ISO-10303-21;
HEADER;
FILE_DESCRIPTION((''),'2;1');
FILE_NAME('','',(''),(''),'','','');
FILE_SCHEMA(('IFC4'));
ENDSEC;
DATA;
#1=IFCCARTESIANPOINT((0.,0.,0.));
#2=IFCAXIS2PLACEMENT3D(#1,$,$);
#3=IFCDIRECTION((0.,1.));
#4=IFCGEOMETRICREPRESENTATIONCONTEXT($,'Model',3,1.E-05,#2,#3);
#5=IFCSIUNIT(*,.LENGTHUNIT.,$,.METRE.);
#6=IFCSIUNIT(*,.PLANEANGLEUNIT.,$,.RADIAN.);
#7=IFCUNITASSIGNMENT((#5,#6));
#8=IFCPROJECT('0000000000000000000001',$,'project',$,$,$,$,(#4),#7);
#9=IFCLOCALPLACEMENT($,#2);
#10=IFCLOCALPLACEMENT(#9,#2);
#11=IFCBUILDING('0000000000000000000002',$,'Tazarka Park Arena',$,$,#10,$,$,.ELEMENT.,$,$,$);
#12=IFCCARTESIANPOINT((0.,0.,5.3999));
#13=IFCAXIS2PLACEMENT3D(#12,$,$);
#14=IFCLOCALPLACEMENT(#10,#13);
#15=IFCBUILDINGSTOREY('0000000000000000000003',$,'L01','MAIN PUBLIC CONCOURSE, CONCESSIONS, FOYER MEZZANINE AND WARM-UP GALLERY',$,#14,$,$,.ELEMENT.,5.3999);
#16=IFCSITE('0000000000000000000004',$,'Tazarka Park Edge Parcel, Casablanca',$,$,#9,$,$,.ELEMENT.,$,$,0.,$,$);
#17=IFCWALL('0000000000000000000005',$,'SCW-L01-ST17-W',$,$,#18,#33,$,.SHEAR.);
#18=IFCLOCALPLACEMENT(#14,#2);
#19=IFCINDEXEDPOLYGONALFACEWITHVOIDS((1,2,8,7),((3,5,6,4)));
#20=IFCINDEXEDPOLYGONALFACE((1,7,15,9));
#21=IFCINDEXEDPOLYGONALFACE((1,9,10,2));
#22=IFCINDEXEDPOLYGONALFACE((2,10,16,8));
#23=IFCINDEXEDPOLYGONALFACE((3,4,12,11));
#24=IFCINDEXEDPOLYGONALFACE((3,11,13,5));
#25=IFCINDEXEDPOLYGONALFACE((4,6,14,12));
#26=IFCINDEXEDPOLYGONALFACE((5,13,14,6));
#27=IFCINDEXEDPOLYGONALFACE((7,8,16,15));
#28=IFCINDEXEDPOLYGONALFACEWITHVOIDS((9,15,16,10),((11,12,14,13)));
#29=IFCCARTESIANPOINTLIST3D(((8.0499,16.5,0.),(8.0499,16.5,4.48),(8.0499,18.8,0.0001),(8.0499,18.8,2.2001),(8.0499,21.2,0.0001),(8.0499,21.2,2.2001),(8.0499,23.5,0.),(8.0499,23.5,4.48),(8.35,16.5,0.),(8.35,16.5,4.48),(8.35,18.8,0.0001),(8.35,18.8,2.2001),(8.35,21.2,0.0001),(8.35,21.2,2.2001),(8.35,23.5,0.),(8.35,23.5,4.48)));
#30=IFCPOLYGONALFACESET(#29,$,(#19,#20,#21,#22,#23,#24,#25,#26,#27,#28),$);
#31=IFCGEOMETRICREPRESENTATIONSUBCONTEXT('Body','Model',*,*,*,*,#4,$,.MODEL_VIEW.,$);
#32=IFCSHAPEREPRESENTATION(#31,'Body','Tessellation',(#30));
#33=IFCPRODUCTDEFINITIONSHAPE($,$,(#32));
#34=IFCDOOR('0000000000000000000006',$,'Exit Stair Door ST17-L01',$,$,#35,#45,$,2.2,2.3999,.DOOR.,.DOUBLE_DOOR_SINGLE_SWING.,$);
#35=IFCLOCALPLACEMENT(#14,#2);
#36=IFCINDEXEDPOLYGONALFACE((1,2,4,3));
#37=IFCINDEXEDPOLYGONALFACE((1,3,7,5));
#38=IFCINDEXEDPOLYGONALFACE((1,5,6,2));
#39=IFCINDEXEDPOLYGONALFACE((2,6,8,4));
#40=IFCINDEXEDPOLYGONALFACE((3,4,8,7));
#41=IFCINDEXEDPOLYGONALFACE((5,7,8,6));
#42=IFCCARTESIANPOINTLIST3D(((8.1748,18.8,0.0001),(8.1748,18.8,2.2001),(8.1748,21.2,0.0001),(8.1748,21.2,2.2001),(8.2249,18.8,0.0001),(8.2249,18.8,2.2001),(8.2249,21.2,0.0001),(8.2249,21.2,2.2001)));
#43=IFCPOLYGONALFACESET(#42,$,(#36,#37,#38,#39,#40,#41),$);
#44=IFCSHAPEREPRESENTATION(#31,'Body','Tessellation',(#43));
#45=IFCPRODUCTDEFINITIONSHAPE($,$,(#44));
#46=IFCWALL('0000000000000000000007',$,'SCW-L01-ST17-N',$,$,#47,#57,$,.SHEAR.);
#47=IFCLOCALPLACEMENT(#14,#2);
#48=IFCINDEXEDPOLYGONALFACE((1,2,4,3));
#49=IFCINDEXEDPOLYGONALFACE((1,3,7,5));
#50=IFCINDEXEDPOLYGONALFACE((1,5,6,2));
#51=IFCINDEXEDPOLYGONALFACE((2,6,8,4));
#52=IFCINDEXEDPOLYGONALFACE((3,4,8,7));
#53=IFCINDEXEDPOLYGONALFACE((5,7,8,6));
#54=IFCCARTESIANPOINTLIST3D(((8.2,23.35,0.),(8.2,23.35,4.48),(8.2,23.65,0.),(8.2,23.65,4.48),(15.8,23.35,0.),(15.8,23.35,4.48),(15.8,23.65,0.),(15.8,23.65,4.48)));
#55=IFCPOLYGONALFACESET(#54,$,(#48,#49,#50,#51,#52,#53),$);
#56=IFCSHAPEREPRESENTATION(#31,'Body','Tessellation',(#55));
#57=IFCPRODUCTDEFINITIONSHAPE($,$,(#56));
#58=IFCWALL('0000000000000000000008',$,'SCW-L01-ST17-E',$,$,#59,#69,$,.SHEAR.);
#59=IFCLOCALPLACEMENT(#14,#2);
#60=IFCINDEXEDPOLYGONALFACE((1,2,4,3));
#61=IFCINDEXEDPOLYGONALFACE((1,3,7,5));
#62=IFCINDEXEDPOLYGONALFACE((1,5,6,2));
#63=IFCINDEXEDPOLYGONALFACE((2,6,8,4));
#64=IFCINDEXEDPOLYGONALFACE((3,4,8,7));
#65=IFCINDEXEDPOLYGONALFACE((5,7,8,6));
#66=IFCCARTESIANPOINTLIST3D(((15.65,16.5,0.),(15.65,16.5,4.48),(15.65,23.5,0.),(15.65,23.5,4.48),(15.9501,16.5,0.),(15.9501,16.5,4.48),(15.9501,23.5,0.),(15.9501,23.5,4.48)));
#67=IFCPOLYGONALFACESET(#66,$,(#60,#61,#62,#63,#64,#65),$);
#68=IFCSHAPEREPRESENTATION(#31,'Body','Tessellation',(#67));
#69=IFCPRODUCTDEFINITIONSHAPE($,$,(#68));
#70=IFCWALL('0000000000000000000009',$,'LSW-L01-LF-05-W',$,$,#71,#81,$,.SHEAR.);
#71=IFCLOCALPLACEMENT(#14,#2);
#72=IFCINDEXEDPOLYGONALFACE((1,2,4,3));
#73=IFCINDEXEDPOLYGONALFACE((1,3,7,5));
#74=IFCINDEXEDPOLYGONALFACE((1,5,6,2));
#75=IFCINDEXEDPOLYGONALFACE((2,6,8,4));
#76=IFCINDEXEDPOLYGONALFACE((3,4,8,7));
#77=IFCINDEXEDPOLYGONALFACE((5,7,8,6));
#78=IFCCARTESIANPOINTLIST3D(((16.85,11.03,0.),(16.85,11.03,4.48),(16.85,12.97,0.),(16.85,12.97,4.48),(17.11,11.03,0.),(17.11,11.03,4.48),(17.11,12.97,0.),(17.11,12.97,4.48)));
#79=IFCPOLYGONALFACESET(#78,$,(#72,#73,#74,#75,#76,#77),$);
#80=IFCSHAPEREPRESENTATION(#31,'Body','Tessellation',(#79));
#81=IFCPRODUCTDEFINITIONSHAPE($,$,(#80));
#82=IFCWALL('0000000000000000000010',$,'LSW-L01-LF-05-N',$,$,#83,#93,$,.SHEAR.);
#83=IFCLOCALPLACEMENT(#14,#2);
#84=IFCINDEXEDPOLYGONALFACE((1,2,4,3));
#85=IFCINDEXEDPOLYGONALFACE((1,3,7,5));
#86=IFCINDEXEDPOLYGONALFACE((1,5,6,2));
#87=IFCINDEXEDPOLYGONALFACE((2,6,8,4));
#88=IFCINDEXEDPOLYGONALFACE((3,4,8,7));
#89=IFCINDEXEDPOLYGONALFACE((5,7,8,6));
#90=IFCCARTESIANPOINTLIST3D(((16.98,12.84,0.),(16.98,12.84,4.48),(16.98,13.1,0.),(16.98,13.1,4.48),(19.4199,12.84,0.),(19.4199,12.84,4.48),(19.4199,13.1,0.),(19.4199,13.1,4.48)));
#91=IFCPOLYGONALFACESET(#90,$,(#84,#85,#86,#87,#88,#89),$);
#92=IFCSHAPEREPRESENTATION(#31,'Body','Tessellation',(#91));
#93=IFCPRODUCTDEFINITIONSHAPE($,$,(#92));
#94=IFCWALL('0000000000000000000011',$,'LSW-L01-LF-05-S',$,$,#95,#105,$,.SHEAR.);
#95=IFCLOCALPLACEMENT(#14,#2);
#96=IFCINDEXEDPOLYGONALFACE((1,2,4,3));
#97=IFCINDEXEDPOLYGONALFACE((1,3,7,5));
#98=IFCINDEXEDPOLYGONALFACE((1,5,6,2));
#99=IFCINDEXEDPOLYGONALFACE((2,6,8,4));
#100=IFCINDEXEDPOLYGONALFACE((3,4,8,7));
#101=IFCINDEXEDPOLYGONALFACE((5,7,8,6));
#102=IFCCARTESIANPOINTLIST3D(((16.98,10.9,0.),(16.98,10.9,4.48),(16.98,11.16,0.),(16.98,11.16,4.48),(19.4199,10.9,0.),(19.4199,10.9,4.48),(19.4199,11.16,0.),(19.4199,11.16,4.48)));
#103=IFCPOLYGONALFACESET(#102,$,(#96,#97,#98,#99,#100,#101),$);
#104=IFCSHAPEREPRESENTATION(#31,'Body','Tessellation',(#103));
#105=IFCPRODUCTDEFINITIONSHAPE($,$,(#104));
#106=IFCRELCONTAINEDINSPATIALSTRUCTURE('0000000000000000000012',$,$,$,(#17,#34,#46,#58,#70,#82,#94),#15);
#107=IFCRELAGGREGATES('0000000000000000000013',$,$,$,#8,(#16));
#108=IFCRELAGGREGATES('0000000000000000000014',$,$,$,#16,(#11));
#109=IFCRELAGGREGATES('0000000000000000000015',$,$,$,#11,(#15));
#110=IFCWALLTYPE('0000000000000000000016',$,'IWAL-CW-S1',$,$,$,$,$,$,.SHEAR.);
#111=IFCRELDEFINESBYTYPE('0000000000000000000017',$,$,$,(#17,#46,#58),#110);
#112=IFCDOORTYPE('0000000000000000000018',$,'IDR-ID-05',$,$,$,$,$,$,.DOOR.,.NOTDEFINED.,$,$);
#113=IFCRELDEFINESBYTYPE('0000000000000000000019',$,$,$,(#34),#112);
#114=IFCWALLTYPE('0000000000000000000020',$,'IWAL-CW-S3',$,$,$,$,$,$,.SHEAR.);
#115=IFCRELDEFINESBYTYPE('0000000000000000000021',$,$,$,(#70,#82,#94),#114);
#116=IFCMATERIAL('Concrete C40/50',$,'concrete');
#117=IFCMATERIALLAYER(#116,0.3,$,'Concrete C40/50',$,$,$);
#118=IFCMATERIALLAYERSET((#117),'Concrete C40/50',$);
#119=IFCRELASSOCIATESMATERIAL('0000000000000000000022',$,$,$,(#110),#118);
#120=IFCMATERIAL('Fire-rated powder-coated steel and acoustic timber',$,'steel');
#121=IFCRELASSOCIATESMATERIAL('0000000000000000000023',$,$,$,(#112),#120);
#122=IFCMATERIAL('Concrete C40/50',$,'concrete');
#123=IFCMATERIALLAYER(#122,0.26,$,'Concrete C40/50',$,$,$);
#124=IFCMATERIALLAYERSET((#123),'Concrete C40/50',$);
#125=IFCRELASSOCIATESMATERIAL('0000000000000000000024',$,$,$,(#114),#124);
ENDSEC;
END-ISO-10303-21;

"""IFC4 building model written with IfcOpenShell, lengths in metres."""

from ifc_helpers import new_model, si_unit, direction, frame, frame_2d, origin, place, context, subcontext, project, spatial, rectangle, extrude, material, layer, layer_set, type_object, element, fill, save


model = new_model("IFC4")

# Units and contexts
model_context = context("Model", 3, precision=1e-05, world=origin(), true_north=direction((0.0, 1.0)))
body_context = subcontext(model_context, "Body", "Model", "MODEL_VIEW")
ifc_project = project(units=[si_unit("LENGTHUNIT", "METRE"), si_unit("PLANEANGLEUNIT", "RADIAN")], contexts=[model_context])

# Site, building, storey
site_placement = place(None, origin())
site = spatial("IfcSite", under=ifc_project, at=site_placement, Name="Tazarka Park Edge Parcel, Casablanca", CompositionType="ELEMENT", RefElevation=0.0)
building_placement = place(site_placement, origin())
building = spatial("IfcBuilding", under=site, at=building_placement, Name="Tazarka Park Arena", CompositionType="ELEMENT")
storey_placement = place(building_placement, frame((0.0, 0.0, 5.3999)))
storey = spatial("IfcBuildingStorey", under=building, at=storey_placement, Name="L01", Description="MAIN PUBLIC CONCOURSE, CONCESSIONS, FOYER MEZZANINE AND WARM-UP GALLERY", CompositionType="ELEMENT", Elevation=5.3999)

# Shared definitions
ifc_material_1 = material(Name="Concrete C40/50", Category="concrete")
ifc_layer_1 = layer(ifc_material_1, 0.3, Name="Concrete C40/50")
ifc_layer_set_1 = layer_set([ifc_layer_1], Name="Concrete C40/50")
wall_type_1 = type_object("IfcWallType", Name="IWAL-CW-S1", PredefinedType="SHEAR", material=ifc_layer_set_1)

# Wall, opening, door
wall_1_placement = place(storey_placement, frame((8.2, 16.5, 0.0), z_axis=(0.0, 0.0, 1.0), x_axis=(0.0, 1.0, 0.0)))
wall_1 = element("IfcWall", 1, at=wall_1_placement, inside=storey, type_object=wall_type_1, Name="SCW-L01-ST17-W", PredefinedType="SHEAR", context=body_context, shape_type="SweptSolid", body=[
    extrude(rectangle(XDim=7.0, YDim=0.3, at=frame_2d((3.5, 0.0))), origin(), (0.0, 0.0, 1.0), 4.48),
])
opening_1_placement = place(wall_1_placement, frame((2.3, 0.0, 0.0)))
opening_1 = element("IfcOpeningElement", 2, at=opening_1_placement, cuts=wall_1, PredefinedType="OPENING", context=body_context, shape_type="SweptSolid", body=[
    extrude(rectangle(XDim=2.3999, YDim=2.2, at=frame_2d((1.2, 1.1001))), frame((0.0, 0.1602, 0.0), z_axis=(0.0, -1.0, 0.0), x_axis=(1.0, 0.0, 0.0)), (0.0, 0.0, 1.0), 0.3201),
])
ifc_material_2 = material(Name="Fire-rated powder-coated steel and acoustic timber", Category="steel")
door_type_1 = type_object("IfcDoorType", Name="IDR-ID-05", OperationType="NOTDEFINED", PredefinedType="DOOR", material=ifc_material_2)
door_1_placement = place(opening_1_placement, frame((2.3999, 0.0, 0.0), z_axis=(0.0, 0.0, 1.0), x_axis=(-1.0, 0.0, 0.0)))
door_1 = element("IfcDoor", 3, at=door_1_placement, inside=storey, type_object=door_type_1, Name="Exit Stair Door ST17-L01", OperationType="DOUBLE_DOOR_SINGLE_SWING", OverallHeight=2.2, OverallWidth=2.3999, PredefinedType="DOOR", context=body_context, shape_type="SweptSolid", body=[
    extrude(rectangle(XDim=2.3999, YDim=2.2, at=frame_2d((1.2, 1.1001))), frame((0.0, 0.0249, 0.0), z_axis=(0.0, -1.0, 0.0), x_axis=(1.0, 0.0, 0.0)), (0.0, 0.0, 1.0), 0.05),
])
fill(opening_1, door_1)

# Walls
wall_2_placement = place(storey_placement, frame((8.2, 23.5, 0.0), z_axis=(0.0, 0.0, 1.0), x_axis=(1.0, 0.0, 0.0)))
element("IfcWall", 4, at=wall_2_placement, inside=storey, type_object=wall_type_1, Name="SCW-L01-ST17-N", PredefinedType="SHEAR", context=body_context, shape_type="SweptSolid", body=[
    extrude(rectangle(XDim=7.6001, YDim=0.3, at=frame_2d((3.8, 0.0))), origin(), (0.0, 0.0, 1.0), 4.48),
])
wall_3_placement = place(storey_placement, frame((15.8, 23.5, 0.0), z_axis=(0.0, 0.0, 1.0), x_axis=(0.0, -1.0, 0.0)))
element("IfcWall", 5, at=wall_3_placement, inside=storey, type_object=wall_type_1, Name="SCW-L01-ST17-E", PredefinedType="SHEAR", context=body_context, shape_type="SweptSolid", body=[
    extrude(rectangle(XDim=7.0, YDim=0.3, at=frame_2d((3.5, 0.0))), origin(), (0.0, 0.0, 1.0), 4.48),
])
ifc_material_3 = material(Name="Concrete C40/50", Category="concrete")
ifc_layer_2 = layer(ifc_material_3, 0.26, Name="Concrete C40/50")
ifc_layer_set_2 = layer_set([ifc_layer_2], Name="Concrete C40/50")
wall_type_2 = type_object("IfcWallType", Name="IWAL-CW-S3", PredefinedType="SHEAR", material=ifc_layer_set_2)
wall_4_placement = place(storey_placement, frame((16.98, 11.03, 0.0), z_axis=(0.0, 0.0, 1.0), x_axis=(0.0, 1.0, 0.0)))
element("IfcWall", 6, at=wall_4_placement, inside=storey, type_object=wall_type_2, Name="LSW-L01-LF-05-W", PredefinedType="SHEAR", context=body_context, shape_type="SweptSolid", body=[
    extrude(rectangle(XDim=1.9399, YDim=0.26, at=frame_2d((0.97, 0.0))), origin(), (0.0, 0.0, 1.0), 4.48),
])
for number, where, z_axis, x_axis, name in (
    (7, (16.98, 12.97, 0.0), (0.0, 0.0, 1.0), (1.0, 0.0, 0.0), "LSW-L01-LF-05-N"),
    (8, (19.4199, 11.03, 0.0), (0.0, 0.0, 1.0), (-1.0, 0.0, 0.0), "LSW-L01-LF-05-S"),
):
    element("IfcWall", number, at=place(storey_placement, frame(where, z_axis=z_axis, x_axis=x_axis)), inside=storey, type_object=wall_type_2, Name=name, PredefinedType="SHEAR", context=body_context, shape_type="SweptSolid", body=[
        extrude(rectangle(XDim=2.4399, YDim=0.26, at=frame_2d((1.22, 0.0))), origin(), (0.0, 0.0, 1.0), 4.48),
    ])

save(model, "model.ifc")
